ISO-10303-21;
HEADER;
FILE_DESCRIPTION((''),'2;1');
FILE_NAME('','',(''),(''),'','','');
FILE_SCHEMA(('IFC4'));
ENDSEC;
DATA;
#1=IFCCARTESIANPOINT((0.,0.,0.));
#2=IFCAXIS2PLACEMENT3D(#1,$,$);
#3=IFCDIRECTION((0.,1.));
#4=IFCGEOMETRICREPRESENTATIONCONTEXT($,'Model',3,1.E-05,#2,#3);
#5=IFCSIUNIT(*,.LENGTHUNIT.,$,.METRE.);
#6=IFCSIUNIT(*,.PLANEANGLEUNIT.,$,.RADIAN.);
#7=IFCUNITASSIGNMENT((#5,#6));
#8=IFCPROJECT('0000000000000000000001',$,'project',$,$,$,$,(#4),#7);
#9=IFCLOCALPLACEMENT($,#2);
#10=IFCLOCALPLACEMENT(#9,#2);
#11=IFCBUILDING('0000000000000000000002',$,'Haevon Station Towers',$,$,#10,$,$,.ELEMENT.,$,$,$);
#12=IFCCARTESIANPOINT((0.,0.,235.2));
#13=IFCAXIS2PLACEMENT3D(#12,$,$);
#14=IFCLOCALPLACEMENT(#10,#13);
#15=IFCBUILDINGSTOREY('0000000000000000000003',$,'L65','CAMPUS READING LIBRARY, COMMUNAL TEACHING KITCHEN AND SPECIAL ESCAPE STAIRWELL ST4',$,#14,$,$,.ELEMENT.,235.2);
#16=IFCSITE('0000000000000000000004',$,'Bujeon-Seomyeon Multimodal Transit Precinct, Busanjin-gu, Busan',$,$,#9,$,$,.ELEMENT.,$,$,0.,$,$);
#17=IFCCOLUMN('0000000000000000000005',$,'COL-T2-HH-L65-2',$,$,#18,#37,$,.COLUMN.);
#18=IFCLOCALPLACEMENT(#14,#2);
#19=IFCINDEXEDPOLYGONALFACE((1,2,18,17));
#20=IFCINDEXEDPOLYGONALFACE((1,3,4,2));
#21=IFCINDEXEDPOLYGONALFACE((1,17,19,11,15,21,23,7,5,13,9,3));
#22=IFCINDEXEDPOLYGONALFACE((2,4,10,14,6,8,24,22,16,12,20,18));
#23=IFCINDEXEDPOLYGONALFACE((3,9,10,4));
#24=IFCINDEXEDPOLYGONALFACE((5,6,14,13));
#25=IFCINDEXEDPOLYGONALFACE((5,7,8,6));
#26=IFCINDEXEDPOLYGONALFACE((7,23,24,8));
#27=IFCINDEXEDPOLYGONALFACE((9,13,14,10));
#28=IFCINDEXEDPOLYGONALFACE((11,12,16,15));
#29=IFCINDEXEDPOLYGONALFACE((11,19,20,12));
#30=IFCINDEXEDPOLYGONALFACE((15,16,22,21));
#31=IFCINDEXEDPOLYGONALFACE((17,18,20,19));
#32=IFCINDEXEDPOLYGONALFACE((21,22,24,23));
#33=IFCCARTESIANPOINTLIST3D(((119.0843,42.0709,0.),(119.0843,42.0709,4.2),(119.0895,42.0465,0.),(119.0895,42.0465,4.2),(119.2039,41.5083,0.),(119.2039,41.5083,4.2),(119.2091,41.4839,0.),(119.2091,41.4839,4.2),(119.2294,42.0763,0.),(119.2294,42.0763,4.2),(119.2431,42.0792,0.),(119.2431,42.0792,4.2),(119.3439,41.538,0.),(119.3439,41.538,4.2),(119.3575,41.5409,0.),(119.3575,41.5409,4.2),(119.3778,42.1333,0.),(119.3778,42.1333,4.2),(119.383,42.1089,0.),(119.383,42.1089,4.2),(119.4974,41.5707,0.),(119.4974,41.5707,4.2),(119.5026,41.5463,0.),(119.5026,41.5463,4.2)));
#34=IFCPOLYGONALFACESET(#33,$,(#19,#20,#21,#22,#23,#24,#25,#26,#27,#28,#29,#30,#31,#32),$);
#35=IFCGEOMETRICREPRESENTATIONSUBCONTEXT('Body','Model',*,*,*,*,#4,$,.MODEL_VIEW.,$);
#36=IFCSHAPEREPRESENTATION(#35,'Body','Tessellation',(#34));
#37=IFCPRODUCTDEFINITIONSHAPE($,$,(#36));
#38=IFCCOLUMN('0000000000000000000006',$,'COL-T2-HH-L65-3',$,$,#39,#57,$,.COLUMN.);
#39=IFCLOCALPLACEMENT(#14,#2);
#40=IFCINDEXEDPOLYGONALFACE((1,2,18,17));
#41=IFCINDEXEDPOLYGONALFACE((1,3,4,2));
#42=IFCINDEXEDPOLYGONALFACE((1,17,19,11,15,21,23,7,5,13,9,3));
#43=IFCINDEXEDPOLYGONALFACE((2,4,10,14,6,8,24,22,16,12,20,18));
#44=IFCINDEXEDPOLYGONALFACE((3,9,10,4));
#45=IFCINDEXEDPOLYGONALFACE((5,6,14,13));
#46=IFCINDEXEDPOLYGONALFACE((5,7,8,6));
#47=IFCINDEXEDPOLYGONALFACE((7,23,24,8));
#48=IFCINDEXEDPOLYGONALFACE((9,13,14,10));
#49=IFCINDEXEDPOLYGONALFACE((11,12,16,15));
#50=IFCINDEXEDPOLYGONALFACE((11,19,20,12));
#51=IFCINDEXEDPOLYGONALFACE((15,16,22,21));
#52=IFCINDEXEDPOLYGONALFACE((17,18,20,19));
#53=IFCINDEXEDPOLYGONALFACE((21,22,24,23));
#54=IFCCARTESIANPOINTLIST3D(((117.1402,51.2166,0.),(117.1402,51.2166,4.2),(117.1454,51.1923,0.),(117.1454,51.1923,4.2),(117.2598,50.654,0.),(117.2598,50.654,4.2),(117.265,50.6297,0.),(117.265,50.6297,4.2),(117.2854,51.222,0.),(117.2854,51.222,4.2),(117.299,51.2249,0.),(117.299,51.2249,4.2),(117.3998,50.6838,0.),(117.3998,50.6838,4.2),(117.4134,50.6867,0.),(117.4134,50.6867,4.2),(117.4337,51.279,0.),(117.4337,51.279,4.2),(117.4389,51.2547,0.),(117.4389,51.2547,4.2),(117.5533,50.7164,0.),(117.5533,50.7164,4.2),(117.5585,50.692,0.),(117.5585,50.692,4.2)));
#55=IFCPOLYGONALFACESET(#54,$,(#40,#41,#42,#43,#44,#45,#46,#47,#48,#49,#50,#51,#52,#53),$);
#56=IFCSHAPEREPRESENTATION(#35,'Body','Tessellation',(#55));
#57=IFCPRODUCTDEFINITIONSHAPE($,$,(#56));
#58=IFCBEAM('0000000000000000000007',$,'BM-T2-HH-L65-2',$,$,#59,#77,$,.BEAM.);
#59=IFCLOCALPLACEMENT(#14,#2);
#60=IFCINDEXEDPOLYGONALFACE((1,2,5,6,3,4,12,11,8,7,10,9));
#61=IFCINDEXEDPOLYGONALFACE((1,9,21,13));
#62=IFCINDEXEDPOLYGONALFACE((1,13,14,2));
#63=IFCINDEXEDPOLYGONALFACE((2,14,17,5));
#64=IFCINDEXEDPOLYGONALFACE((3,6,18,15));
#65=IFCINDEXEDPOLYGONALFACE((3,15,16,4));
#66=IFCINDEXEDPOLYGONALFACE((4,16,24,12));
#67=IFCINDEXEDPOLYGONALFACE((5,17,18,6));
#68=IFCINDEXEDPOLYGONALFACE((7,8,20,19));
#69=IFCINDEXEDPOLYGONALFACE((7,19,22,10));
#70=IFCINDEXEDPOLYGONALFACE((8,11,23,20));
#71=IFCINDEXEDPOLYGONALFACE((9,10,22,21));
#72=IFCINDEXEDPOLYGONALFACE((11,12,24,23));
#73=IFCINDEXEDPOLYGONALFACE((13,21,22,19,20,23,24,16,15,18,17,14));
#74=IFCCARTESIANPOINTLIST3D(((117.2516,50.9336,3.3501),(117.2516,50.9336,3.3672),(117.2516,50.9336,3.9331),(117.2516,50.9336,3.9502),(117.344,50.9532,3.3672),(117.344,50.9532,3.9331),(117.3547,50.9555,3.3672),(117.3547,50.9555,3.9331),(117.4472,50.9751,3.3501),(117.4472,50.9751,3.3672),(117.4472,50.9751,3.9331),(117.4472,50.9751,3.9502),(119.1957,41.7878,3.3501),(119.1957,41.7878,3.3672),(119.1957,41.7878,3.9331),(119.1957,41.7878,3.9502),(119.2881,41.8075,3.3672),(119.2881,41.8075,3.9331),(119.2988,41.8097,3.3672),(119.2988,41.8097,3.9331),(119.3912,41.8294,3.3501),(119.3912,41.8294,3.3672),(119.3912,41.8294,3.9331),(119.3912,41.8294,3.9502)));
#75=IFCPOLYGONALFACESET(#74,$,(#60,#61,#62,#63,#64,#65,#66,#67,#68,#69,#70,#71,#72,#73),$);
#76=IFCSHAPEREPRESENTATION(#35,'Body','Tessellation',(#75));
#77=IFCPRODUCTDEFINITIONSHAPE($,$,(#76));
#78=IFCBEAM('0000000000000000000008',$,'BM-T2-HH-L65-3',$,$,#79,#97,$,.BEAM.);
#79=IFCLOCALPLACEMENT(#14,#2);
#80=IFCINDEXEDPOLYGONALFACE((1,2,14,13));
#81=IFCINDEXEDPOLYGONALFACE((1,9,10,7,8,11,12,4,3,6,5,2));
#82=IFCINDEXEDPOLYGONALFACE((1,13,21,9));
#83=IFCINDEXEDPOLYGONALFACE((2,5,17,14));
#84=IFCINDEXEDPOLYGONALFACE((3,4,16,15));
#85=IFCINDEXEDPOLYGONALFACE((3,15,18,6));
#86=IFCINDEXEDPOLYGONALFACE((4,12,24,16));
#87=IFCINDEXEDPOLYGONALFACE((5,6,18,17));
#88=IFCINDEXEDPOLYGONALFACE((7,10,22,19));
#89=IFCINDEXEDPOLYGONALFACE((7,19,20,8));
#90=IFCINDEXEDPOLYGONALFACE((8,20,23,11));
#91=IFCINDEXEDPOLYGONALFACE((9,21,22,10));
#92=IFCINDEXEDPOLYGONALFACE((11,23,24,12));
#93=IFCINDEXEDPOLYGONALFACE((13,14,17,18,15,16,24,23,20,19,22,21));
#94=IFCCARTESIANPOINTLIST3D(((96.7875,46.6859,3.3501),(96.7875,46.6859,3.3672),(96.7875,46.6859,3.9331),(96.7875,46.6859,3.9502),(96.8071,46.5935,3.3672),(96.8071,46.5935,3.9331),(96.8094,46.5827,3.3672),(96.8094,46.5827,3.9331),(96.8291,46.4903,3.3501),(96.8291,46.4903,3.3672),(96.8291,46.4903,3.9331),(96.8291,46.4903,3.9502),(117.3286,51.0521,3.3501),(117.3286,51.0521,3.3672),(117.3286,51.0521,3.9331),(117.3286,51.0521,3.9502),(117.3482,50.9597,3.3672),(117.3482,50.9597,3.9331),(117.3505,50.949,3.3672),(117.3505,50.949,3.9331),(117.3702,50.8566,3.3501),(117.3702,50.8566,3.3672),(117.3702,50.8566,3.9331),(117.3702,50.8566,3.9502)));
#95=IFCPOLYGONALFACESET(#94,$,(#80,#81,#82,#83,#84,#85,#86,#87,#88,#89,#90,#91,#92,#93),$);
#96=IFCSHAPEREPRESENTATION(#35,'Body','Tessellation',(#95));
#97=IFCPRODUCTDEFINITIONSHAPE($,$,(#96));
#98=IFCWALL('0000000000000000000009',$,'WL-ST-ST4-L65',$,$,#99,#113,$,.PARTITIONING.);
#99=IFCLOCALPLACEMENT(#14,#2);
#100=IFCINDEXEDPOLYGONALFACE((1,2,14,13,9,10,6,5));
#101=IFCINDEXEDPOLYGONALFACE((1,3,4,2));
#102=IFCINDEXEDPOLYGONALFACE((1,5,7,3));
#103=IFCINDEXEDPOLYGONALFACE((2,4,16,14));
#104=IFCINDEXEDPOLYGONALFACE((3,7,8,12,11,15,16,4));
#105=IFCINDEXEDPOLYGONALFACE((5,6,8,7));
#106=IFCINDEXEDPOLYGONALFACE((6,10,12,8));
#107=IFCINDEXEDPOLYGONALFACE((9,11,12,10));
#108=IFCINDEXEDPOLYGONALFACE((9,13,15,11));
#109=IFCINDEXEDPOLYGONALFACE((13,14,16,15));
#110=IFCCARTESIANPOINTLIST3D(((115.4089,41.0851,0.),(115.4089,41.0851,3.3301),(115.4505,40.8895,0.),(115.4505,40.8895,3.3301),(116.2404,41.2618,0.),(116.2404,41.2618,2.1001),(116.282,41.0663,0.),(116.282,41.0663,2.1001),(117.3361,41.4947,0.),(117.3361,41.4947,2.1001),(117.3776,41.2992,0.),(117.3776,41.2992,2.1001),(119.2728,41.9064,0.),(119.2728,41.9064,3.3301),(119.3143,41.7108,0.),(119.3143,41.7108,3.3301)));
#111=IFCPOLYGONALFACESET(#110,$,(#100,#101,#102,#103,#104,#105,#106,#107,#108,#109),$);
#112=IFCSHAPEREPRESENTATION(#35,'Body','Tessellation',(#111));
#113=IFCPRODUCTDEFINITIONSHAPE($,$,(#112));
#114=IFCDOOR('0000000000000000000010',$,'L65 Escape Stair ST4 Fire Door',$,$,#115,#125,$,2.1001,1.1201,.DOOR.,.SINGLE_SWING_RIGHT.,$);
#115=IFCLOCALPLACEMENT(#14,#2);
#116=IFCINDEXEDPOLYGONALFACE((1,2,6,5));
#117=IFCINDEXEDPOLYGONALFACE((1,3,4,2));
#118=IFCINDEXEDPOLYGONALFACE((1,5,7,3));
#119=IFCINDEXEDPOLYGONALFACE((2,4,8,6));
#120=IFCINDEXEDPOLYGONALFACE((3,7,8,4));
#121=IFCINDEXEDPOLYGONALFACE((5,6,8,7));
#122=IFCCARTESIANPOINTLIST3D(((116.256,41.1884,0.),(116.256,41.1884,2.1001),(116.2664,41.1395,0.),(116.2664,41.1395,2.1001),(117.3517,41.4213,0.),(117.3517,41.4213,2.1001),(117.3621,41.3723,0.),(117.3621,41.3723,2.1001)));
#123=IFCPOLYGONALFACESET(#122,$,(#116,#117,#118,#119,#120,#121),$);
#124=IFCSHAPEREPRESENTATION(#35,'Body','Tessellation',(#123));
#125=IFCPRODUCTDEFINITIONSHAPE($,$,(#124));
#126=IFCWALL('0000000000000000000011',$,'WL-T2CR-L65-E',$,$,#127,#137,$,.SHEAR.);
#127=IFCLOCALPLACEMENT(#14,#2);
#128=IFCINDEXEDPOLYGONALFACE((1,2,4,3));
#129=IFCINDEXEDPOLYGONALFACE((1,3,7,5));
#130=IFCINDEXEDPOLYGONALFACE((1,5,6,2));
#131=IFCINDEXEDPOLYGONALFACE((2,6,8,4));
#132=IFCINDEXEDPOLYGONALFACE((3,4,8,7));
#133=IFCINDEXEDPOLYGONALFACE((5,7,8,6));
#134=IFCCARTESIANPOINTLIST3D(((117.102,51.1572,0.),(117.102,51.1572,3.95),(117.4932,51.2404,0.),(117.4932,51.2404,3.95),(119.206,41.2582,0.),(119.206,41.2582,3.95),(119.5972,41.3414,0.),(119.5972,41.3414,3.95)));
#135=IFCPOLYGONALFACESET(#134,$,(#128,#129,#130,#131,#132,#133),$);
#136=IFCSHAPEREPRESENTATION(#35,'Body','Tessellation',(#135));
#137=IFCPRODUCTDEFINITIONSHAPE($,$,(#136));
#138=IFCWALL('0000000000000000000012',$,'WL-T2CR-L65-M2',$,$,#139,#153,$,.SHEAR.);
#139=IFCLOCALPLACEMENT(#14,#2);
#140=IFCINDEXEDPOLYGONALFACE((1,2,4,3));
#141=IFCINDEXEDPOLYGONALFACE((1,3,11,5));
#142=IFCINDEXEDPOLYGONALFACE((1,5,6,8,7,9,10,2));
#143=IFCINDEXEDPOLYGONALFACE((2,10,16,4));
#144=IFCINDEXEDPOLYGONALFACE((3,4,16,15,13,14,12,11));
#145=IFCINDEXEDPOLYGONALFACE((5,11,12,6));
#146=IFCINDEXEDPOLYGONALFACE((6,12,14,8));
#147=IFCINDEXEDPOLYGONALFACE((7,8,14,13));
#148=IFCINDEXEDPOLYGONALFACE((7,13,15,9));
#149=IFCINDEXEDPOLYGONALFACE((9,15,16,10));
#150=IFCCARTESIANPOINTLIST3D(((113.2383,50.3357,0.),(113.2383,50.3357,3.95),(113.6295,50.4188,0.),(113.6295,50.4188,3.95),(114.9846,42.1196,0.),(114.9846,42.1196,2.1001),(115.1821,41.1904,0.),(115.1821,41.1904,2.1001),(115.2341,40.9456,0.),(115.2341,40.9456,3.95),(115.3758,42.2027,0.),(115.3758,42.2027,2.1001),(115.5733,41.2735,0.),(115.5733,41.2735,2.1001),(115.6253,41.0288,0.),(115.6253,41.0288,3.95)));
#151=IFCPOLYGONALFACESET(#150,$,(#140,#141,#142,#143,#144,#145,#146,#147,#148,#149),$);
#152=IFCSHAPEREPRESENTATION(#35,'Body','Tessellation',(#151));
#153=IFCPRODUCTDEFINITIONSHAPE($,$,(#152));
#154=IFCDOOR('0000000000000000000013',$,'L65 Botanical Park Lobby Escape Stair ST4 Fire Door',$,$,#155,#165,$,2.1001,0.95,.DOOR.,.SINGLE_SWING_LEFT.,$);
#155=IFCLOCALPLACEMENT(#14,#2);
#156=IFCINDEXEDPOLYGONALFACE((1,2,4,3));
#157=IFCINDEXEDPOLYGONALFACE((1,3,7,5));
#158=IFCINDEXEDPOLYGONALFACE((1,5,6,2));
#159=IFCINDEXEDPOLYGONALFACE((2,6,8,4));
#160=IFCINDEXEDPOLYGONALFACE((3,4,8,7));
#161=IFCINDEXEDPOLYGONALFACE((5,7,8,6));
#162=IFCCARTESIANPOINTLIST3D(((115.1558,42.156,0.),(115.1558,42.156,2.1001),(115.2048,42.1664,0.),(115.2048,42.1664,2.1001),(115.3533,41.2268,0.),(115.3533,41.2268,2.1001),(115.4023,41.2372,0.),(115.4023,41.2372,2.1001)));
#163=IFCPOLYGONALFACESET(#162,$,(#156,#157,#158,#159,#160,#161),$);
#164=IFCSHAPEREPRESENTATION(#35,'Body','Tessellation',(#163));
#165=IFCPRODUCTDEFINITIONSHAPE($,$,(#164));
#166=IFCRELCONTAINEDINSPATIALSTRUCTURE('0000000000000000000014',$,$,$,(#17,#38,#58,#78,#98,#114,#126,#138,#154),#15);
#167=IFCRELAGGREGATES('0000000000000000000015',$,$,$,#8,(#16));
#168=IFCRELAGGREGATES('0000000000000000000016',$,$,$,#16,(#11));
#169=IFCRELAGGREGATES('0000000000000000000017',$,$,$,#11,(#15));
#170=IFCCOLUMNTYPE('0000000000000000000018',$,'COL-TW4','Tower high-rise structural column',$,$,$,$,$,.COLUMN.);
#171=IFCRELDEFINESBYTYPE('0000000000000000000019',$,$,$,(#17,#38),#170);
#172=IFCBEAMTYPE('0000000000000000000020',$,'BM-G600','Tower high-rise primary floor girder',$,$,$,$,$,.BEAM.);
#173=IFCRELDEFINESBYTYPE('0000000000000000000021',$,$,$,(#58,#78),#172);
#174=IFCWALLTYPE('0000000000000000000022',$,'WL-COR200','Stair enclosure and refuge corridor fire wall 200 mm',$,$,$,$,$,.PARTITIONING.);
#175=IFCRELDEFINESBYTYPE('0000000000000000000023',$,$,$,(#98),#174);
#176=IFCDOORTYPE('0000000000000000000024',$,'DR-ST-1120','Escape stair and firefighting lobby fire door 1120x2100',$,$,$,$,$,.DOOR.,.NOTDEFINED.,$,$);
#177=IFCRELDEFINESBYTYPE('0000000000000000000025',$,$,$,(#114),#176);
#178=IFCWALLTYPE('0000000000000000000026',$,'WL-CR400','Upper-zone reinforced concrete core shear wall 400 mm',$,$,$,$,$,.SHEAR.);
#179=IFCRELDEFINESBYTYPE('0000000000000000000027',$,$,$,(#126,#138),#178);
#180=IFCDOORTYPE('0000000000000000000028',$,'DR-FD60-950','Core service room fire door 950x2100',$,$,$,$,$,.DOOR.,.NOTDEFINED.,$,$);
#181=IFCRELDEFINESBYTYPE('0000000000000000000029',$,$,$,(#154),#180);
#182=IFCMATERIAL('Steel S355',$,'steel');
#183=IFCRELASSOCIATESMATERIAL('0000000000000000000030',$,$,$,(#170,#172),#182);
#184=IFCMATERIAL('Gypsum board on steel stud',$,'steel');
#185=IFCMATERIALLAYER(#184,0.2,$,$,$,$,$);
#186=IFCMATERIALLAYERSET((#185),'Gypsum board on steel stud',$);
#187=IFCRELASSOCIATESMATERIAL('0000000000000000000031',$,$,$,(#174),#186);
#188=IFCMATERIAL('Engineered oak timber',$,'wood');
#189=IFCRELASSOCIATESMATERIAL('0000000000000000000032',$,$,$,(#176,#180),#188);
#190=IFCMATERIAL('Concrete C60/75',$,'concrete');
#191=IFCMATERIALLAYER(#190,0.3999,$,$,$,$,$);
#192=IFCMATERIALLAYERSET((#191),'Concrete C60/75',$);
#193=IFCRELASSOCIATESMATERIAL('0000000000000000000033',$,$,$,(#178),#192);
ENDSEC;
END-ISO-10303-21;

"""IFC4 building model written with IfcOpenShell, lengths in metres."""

from ifc_helpers import new_model, si_unit, direction, frame, frame_2d, origin, origin_2d, place, context, subcontext, project, spatial, rectangle, i_section, extrude, material, layer, layer_set, material_profile, profile_set, type_object, element, fill, save


model = new_model("IFC4")

# Units and contexts
model_context = context("Model", 3, precision=1e-05, world=origin(), true_north=direction((0.0, 1.0)))
body_context = subcontext(model_context, "Body", "Model", "MODEL_VIEW")
ifc_project = project(units=[si_unit("LENGTHUNIT", "METRE"), si_unit("PLANEANGLEUNIT", "RADIAN")], contexts=[model_context])

# Site, building, storey
site_placement = place(None, origin())
site = spatial("IfcSite", under=ifc_project, at=site_placement, Name="Bujeon-Seomyeon Multimodal Transit Precinct, Busanjin-gu, Busan", CompositionType="ELEMENT", RefElevation=0.0)
building_placement = place(site_placement, origin())
building = spatial("IfcBuilding", under=site, at=building_placement, Name="Haevon Station Towers", CompositionType="ELEMENT")
storey_placement = place(building_placement, frame((0.0, 0.0, 235.2)))
storey = spatial("IfcBuildingStorey", under=building, at=storey_placement, Name="L65", Description="CAMPUS READING LIBRARY, COMMUNAL TEACHING KITCHEN AND SPECIAL ESCAPE STAIRWELL ST4", CompositionType="ELEMENT", Elevation=235.2)

# Columns
ifc_material_1 = material(Name="Steel S355", Category="steel")
ifc_material_profile_1 = material_profile(ifc_material_1, i_section(OverallWidth=0.3, OverallDepth=0.6001, WebThickness=0.0139, FlangeThickness=0.0249, at=origin_2d()), Name="H-600x300x14x25")
ifc_profile_set_1 = profile_set([ifc_material_profile_1], Name="Steel S355")
column_type = type_object("IfcColumnType", Name="COL-TW4", Description="Tower high-rise structural column", PredefinedType="COLUMN", material=ifc_profile_set_1)
for number, where, z_axis, x_axis, name in (
    (1, (119.2935, 41.8086, 0.0), (0.0, 0.0, 1.0), (0.978148, 0.207912, 0.0), "COL-T2-HH-L65-2"),
    (2, (117.3494, 50.9543, 0.0), (0.0, 0.0, 1.0), (0.978148, 0.207912, 0.0), "COL-T2-HH-L65-3"),
):
    element("IfcColumn", number, at=place(storey_placement, frame(where, z_axis=z_axis, x_axis=x_axis)), inside=storey, type_object=column_type, Name=name, PredefinedType="COLUMN", context=body_context, shape_type="SweptSolid", body=[
        extrude(i_section(OverallWidth=0.3, OverallDepth=0.6001, WebThickness=0.0139, FlangeThickness=0.0249, at=origin_2d()), origin(), (0.0, 0.0, 1.0), 4.2),
    ])

# Beams
ifc_material_profile_2 = material_profile(ifc_material_1, i_section(OverallWidth=0.2, OverallDepth=0.6001, WebThickness=0.011, FlangeThickness=0.0171, at=origin_2d()), Name="H-600x200x11x17")
ifc_profile_set_2 = profile_set([ifc_material_profile_2], Name="Steel S355")
beam_type = type_object("IfcBeamType", Name="BM-G600", Description="Tower high-rise primary floor girder", PredefinedType="BEAM", material=ifc_profile_set_2)
beam_1_placement = place(storey_placement, frame((119.2935, 41.8086, 3.6501), z_axis=(-0.207922, 0.978145, 0.0), x_axis=(-0.978145, -0.207922, 0.0)))
element("IfcBeam", 3, at=beam_1_placement, inside=storey, type_object=beam_type, Name="BM-T2-HH-L65-2", PredefinedType="BEAM", context=body_context, shape_type="SweptSolid", body=[
    extrude(i_section(OverallWidth=0.2, OverallDepth=0.6001, WebThickness=0.011, FlangeThickness=0.0171, at=origin_2d()), origin(), (0.0, 0.0, 1.0), 9.3501),
])
beam_2_placement = place(storey_placement, frame((117.3494, 50.9543, 3.6501), z_axis=(-0.978147, -0.207915, 0.0), x_axis=(0.207915, -0.978147, 0.0)))
element("IfcBeam", 4, at=beam_2_placement, inside=storey, type_object=beam_type, Name="BM-T2-HH-L65-3", PredefinedType="BEAM", context=body_context, shape_type="SweptSolid", body=[
    extrude(i_section(OverallWidth=0.2, OverallDepth=0.6001, WebThickness=0.011, FlangeThickness=0.0171, at=origin_2d()), origin(), (0.0, 0.0, 1.0), 21.0),
])

# Wall, opening, door
ifc_material_2 = material(Name="Gypsum board on steel stud", Category="steel")
ifc_layer_1 = layer(ifc_material_2, 0.2)
ifc_layer_set_1 = layer_set([ifc_layer_1], Name="Gypsum board on steel stud")
wall_type_1 = type_object("IfcWallType", Name="WL-COR200", Description="Stair enclosure and refuge corridor fire wall 200 mm", PredefinedType="PARTITIONING", material=ifc_layer_set_1)
wall_1_placement = place(storey_placement, frame((115.4297, 40.9873, 0.0), z_axis=(0.0, 0.0, 1.0), x_axis=(0.978147, 0.207916, 0.0)))
wall_1 = element("IfcWall", 5, at=wall_1_placement, inside=storey, type_object=wall_type_1, Name="WL-ST-ST4-L65", PredefinedType="PARTITIONING", context=body_context, shape_type="SweptSolid", body=[
    extrude(rectangle(XDim=3.9502, YDim=0.2, at=frame_2d((1.9751, 0.0))), origin(), (0.0, 0.0, 1.0), 3.3301),
])
opening_1_placement = place(wall_1_placement, frame((0.8501, 0.0, 0.0)))
opening_1 = element("IfcOpeningElement", 6, at=opening_1_placement, cuts=wall_1, PredefinedType="OPENING", context=body_context, shape_type="SweptSolid", body=[
    extrude(rectangle(XDim=1.1201, YDim=2.1001, at=frame_2d((0.5601, 1.05))), frame((0.0, 0.1099, 0.0), z_axis=(0.0, -1.0, 0.0), x_axis=(1.0, 0.0, 0.0)), (0.0, 0.0, 1.0), 0.22),
])
ifc_material_3 = material(Name="Engineered oak timber", Category="wood")
door_type_1 = type_object("IfcDoorType", Name="DR-ST-1120", Description="Escape stair and firefighting lobby fire door 1120x2100", OperationType="NOTDEFINED", PredefinedType="DOOR", material=ifc_material_3)
door_1_placement = place(opening_1_placement, origin())
door_1 = element("IfcDoor", 7, at=door_1_placement, inside=storey, type_object=door_type_1, Name="L65 Escape Stair ST4 Fire Door", OperationType="SINGLE_SWING_RIGHT", OverallHeight=2.1001, OverallWidth=1.1201, PredefinedType="DOOR", context=body_context, shape_type="SweptSolid", body=[
    extrude(rectangle(XDim=1.1201, YDim=2.1001, at=frame_2d((0.5601, 1.05))), frame((0.0, 0.0249, 0.0), z_axis=(0.0, -1.0, 0.0), x_axis=(1.0, 0.0, 0.0)), (0.0, 0.0, 1.0), 0.05),
])
fill(opening_1, door_1)

# Wall
ifc_material_4 = material(Name="Concrete C60/75", Category="concrete")
ifc_layer_2 = layer(ifc_material_4, 0.3999)
ifc_layer_set_2 = layer_set([ifc_layer_2], Name="Concrete C60/75")
wall_type_2 = type_object("IfcWallType", Name="WL-CR400", Description="Upper-zone reinforced concrete core shear wall 400 mm", PredefinedType="SHEAR", material=ifc_layer_set_2)
wall_2_placement = place(storey_placement, frame((119.4016, 41.2998, 0.0), z_axis=(0.0, 0.0, 1.0), x_axis=(-0.207904, 0.978149, 0.0)))
element("IfcWall", 8, at=wall_2_placement, inside=storey, type_object=wall_type_2, Name="WL-T2CR-L65-E", PredefinedType="SHEAR", context=body_context, shape_type="SweptSolid", body=[
    extrude(rectangle(XDim=10.1201, YDim=0.3999, at=frame_2d((5.0601, 0.0))), origin(), (0.0, 0.0, 1.0), 3.95),
])

# Wall, opening, door
wall_3_placement = place(storey_placement, frame((115.4297, 40.9873, 0.0), z_axis=(0.0, 0.0, 1.0), x_axis=(-0.207903, 0.978149, 0.0)))
wall_3 = element("IfcWall", 9, at=wall_3_placement, inside=storey, type_object=wall_type_2, Name="WL-T2CR-L65-M2", PredefinedType="SHEAR", context=body_context, shape_type="SweptSolid", body=[
    extrude(rectangle(XDim=9.5999, YDim=0.3999, at=frame_2d((4.7998, 0.0))), origin(), (0.0, 0.0, 1.0), 3.95),
])
opening_2_placement = place(wall_3_placement, frame((0.25, 0.0, 0.0)))
opening_2 = element("IfcOpeningElement", 10, at=opening_2_placement, cuts=wall_3, PredefinedType="OPENING", context=body_context, shape_type="SweptSolid", body=[
    extrude(rectangle(XDim=0.95, YDim=2.1001, at=frame_2d((0.4751, 1.05))), frame((0.0, 0.21, 0.0), z_axis=(0.0, -1.0, 0.0), x_axis=(1.0, 0.0, 0.0)), (0.0, 0.0, 1.0), 0.4199),
])
door_type_2 = type_object("IfcDoorType", Name="DR-FD60-950", Description="Core service room fire door 950x2100", OperationType="NOTDEFINED", PredefinedType="DOOR", material=ifc_material_3)
door_2_placement = place(opening_2_placement, origin())
door_2 = element("IfcDoor", 11, at=door_2_placement, inside=storey, type_object=door_type_2, Name="L65 Botanical Park Lobby Escape Stair ST4 Fire Door", OperationType="SINGLE_SWING_LEFT", OverallHeight=2.1001, OverallWidth=0.95, PredefinedType="DOOR", context=body_context, shape_type="SweptSolid", body=[
    extrude(rectangle(XDim=0.95, YDim=2.1001, at=frame_2d((0.4751, 1.05))), frame((0.0, 0.0249, 0.0), z_axis=(0.0, -1.0, 0.0), x_axis=(1.0, 0.0, 0.0)), (0.0, 0.0, 1.0), 0.05),
])
fill(opening_2, door_2)

save(model, "model.ifc")
